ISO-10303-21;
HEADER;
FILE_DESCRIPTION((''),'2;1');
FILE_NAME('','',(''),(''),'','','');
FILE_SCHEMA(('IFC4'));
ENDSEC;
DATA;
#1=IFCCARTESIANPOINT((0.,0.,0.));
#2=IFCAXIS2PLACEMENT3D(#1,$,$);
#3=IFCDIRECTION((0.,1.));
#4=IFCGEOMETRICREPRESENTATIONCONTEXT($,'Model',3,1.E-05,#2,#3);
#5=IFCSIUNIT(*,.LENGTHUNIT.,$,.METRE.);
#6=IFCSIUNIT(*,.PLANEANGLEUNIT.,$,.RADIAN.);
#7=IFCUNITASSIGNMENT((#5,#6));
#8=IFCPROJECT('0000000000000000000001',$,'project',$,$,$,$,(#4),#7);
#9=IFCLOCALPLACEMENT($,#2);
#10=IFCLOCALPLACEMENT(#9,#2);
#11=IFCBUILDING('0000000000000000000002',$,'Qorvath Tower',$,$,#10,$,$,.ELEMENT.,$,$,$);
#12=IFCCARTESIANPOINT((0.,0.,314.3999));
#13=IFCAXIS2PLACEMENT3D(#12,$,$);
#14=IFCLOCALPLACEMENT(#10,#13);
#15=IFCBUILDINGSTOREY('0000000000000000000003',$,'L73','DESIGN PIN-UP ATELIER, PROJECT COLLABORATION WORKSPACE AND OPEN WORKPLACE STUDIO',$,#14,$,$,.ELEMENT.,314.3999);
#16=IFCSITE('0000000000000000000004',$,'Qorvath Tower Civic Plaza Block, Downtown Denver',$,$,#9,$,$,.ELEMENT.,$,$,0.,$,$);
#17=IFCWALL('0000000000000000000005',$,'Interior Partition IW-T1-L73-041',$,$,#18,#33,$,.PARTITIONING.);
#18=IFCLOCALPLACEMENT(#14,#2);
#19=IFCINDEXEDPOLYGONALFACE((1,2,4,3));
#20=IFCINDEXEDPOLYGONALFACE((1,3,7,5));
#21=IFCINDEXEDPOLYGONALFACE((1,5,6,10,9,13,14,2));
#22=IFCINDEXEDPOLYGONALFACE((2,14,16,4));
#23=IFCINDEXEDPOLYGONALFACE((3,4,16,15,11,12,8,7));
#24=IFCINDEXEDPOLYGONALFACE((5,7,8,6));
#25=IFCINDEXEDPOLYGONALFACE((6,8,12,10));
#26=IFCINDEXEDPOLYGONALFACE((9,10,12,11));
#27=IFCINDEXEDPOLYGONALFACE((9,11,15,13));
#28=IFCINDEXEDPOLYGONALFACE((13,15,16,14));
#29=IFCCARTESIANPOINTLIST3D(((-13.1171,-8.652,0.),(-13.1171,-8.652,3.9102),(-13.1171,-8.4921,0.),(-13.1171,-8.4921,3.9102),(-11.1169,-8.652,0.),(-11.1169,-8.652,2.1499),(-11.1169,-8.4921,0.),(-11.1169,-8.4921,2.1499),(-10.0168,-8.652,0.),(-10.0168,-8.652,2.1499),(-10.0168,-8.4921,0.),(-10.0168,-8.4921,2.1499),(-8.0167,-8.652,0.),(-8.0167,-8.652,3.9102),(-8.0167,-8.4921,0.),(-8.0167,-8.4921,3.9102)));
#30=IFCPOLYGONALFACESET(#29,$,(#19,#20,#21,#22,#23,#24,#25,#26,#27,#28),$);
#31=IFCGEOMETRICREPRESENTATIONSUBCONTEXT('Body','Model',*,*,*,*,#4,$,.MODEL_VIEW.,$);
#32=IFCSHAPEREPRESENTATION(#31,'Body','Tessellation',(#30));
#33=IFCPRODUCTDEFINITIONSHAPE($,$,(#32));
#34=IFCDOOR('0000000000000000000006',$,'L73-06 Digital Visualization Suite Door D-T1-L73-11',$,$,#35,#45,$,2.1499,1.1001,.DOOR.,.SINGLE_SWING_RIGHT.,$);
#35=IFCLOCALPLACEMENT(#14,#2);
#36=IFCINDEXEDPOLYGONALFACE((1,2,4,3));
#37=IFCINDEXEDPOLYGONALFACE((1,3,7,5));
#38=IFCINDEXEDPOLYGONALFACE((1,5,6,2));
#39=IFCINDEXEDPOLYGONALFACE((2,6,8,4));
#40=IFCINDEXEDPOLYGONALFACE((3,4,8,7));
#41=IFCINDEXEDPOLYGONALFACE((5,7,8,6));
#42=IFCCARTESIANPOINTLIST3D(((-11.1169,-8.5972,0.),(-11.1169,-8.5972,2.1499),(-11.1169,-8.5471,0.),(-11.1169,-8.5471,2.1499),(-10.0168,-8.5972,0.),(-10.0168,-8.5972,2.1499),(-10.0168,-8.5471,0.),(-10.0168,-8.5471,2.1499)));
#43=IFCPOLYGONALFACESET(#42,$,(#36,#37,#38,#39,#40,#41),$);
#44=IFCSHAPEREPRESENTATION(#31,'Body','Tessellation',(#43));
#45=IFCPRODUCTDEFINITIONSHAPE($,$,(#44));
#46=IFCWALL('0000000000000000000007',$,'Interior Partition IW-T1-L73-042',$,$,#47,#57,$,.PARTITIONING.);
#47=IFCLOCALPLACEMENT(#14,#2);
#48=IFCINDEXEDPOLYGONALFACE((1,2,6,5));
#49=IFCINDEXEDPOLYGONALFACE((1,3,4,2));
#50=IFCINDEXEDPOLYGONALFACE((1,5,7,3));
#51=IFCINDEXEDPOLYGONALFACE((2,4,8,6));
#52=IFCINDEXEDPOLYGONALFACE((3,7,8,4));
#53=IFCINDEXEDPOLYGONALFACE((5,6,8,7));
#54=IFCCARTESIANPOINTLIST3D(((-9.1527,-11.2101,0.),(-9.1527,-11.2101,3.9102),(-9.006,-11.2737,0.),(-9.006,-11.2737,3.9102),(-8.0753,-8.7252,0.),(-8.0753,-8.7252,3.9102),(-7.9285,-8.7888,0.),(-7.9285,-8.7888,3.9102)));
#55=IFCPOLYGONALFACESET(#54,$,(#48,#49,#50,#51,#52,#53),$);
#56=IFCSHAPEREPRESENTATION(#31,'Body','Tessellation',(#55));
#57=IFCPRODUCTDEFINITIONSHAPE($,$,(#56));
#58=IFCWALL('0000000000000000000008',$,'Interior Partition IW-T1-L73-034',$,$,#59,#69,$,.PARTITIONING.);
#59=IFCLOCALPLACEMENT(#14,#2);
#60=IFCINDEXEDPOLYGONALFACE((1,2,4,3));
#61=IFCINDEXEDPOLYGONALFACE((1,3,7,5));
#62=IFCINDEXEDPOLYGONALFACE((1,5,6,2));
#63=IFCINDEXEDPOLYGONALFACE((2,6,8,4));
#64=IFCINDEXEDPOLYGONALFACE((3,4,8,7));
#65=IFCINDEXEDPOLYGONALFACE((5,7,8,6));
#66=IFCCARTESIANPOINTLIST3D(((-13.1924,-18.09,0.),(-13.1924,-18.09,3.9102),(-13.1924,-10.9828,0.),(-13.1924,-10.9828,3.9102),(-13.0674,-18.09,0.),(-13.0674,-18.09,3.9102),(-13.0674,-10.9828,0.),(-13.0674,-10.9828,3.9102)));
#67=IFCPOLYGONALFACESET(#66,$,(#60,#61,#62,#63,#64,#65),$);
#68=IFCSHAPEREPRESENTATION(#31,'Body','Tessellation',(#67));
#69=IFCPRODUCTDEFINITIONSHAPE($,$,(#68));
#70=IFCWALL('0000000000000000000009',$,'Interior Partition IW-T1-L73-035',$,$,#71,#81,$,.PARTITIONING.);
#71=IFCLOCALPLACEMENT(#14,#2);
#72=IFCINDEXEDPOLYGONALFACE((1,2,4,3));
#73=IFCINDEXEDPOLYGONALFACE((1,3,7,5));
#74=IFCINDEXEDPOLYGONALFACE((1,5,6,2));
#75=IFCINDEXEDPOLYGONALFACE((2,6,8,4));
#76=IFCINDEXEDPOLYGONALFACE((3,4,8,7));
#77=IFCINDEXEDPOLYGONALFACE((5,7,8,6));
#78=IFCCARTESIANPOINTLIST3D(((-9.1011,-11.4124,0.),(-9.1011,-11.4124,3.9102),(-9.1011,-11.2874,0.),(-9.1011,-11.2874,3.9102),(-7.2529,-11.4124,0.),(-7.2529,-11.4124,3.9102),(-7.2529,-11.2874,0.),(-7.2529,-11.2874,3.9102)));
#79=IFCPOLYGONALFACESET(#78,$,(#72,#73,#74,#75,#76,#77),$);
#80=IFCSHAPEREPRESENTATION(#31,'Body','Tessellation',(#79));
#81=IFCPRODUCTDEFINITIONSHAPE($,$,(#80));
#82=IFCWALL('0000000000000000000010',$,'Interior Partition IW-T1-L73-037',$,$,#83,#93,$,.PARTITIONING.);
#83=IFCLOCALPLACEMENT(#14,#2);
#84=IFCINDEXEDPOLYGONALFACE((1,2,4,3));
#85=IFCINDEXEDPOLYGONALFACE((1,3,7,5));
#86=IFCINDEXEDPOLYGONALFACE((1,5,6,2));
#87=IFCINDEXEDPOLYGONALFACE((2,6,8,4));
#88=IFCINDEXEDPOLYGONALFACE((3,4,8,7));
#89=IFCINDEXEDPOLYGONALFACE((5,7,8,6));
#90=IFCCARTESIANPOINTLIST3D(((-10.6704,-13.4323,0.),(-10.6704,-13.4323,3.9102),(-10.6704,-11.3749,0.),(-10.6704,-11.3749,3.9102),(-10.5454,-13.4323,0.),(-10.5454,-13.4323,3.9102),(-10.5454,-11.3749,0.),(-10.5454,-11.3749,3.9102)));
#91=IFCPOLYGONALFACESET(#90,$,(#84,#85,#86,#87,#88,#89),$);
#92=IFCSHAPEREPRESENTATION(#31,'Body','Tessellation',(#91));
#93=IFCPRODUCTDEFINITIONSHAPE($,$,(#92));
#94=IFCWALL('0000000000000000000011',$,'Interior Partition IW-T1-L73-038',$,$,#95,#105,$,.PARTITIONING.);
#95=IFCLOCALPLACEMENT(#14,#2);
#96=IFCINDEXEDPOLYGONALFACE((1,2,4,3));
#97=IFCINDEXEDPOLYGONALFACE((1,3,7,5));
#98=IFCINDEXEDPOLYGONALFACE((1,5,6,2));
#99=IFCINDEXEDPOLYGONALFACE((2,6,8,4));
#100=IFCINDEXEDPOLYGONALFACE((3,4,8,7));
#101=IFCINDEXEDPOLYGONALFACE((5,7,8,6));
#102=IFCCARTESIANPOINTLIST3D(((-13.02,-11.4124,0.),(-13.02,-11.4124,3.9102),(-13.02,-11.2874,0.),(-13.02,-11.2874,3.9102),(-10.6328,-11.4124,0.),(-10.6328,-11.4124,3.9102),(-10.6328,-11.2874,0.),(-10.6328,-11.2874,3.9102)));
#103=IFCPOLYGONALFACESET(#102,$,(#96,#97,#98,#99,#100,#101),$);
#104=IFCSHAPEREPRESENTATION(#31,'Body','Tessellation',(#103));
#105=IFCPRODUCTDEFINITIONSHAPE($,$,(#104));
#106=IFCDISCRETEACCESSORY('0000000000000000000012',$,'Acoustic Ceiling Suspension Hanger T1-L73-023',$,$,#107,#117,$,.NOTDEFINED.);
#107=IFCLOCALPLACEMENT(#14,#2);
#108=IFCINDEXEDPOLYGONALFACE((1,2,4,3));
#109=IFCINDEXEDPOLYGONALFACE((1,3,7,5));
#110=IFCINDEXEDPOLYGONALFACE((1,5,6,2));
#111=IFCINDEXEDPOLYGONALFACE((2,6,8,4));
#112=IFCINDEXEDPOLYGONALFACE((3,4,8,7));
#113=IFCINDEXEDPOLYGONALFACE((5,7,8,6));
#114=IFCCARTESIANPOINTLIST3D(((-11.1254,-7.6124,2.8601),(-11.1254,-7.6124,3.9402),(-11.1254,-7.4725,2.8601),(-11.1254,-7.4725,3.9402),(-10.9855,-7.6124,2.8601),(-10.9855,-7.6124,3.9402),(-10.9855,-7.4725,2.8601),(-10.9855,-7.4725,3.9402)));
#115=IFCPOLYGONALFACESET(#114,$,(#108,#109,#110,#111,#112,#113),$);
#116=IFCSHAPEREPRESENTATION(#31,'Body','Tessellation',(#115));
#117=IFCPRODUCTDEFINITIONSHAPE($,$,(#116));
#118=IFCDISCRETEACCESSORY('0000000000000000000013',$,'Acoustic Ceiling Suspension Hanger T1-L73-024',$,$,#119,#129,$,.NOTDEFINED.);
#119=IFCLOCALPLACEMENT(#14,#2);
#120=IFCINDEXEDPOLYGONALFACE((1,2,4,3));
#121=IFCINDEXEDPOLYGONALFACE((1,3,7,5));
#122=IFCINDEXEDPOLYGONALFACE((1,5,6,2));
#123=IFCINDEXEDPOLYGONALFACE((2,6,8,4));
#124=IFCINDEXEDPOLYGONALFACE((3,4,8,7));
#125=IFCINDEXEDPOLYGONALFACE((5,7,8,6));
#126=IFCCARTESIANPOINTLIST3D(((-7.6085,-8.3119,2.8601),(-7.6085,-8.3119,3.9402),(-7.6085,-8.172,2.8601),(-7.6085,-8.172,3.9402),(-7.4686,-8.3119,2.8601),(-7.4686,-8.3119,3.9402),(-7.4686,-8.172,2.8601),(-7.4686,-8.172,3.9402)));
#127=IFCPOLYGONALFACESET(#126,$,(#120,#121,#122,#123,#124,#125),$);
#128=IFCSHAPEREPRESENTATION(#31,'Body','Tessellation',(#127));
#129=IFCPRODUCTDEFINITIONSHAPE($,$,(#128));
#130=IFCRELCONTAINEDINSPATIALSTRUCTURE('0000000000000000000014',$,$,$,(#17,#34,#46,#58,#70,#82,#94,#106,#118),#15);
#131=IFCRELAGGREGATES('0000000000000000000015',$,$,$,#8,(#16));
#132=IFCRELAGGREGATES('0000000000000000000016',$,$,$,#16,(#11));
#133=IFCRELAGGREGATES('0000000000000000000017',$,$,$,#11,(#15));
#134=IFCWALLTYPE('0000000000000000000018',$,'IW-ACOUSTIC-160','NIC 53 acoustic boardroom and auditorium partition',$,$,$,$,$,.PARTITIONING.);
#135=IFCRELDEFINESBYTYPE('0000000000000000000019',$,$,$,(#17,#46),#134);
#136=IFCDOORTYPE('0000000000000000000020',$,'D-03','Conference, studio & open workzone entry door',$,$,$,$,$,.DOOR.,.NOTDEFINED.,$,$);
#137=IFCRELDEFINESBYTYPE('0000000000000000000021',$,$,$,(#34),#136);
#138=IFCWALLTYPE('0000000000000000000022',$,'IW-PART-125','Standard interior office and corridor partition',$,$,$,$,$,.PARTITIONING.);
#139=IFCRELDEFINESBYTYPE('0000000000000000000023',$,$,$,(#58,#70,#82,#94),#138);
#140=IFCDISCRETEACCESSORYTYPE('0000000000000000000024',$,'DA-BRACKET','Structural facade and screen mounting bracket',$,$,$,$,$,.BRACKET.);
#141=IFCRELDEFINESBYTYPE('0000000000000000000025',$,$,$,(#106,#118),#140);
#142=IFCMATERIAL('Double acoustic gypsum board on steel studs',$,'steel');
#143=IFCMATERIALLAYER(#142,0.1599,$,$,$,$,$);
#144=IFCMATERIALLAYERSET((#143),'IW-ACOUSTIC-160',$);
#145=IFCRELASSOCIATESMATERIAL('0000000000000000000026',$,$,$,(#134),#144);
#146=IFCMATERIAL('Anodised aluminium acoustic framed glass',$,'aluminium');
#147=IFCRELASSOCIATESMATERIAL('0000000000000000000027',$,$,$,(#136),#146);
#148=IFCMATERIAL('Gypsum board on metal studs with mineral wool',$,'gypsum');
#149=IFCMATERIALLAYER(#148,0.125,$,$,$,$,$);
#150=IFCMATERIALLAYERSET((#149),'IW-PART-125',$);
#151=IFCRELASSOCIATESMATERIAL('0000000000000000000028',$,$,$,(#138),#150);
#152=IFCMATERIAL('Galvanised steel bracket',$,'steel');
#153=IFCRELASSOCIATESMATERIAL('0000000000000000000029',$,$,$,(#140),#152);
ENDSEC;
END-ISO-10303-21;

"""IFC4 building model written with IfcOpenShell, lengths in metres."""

from ifc_helpers import new_model, si_unit, direction, frame, frame_2d, origin, origin_2d, place, context, subcontext, project, spatial, rectangle, extrude, material, layer, layer_set, type_object, element, fill, save


model = new_model("IFC4")

# Units and contexts
model_context = context("Model", 3, precision=1e-05, world=origin(), true_north=direction((0.0, 1.0)))
body_context = subcontext(model_context, "Body", "Model", "MODEL_VIEW")
ifc_project = project(units=[si_unit("LENGTHUNIT", "METRE"), si_unit("PLANEANGLEUNIT", "RADIAN")], contexts=[model_context])

# Site, building, storey
site_placement = place(None, origin())
site = spatial("IfcSite", under=ifc_project, at=site_placement, Name="Qorvath Tower Civic Plaza Block, Downtown Denver", CompositionType="ELEMENT", RefElevation=0.0)
building_placement = place(site_placement, origin())
building = spatial("IfcBuilding", under=site, at=building_placement, Name="Qorvath Tower", CompositionType="ELEMENT")
storey_placement = place(building_placement, frame((0.0, 0.0, 314.3999)))
storey = spatial("IfcBuildingStorey", under=building, at=storey_placement, Name="L73", Description="DESIGN PIN-UP ATELIER, PROJECT COLLABORATION WORKSPACE AND OPEN WORKPLACE STUDIO", CompositionType="ELEMENT", Elevation=314.3999)

# Wall, opening, door
ifc_material_1 = material(Name="Double acoustic gypsum board on steel studs", Category="steel")
ifc_layer_1 = layer(ifc_material_1, 0.1599)
ifc_layer_set_1 = layer_set([ifc_layer_1], Name="IW-ACOUSTIC-160")
wall_type_1 = type_object("IfcWallType", Name="IW-ACOUSTIC-160", Description="NIC 53 acoustic boardroom and auditorium partition", PredefinedType="PARTITIONING", material=ifc_layer_set_1)
wall_1_placement = place(storey_placement, frame((-13.1172, -8.572, 0.0), z_axis=(0.0, 0.0, 1.0), x_axis=(1.0, 0.0, 0.0)))
wall_1 = element("IfcWall", 1, at=wall_1_placement, inside=storey, type_object=wall_type_1, Name="Interior Partition IW-T1-L73-041", PredefinedType="PARTITIONING", context=body_context, shape_type="SweptSolid", body=[
    extrude(rectangle(XDim=5.1003, YDim=0.1599, at=frame_2d((2.5503, 0.0))), origin(), (0.0, 0.0, 1.0), 3.9102),
])
opening_1_placement = place(wall_1_placement, frame((2.0002, 0.0, 0.0)))
opening_1 = element("IfcOpeningElement", 2, at=opening_1_placement, cuts=wall_1, PredefinedType="OPENING", context=body_context, shape_type="SweptSolid", body=[
    extrude(rectangle(XDim=1.1001, YDim=2.1499, at=frame_2d((0.55, 1.075))), frame((0.0, 0.0898, 0.0), z_axis=(0.0, -1.0, 0.0), x_axis=(1.0, 0.0, 0.0)), (0.0, 0.0, 1.0), 0.1799),
])
ifc_material_2 = material(Name="Anodised aluminium acoustic framed glass", Category="aluminium")
door_type_1 = type_object("IfcDoorType", Name="D-03", Description="Conference, studio & open workzone entry door", OperationType="NOTDEFINED", PredefinedType="DOOR", material=ifc_material_2)
door_1_placement = place(opening_1_placement, origin())
door_1 = element("IfcDoor", 3, at=door_1_placement, inside=storey, type_object=door_type_1, Name="L73-06 Digital Visualization Suite Door D-T1-L73-11", OperationType="SINGLE_SWING_RIGHT", OverallHeight=2.1499, OverallWidth=1.1001, PredefinedType="DOOR", context=body_context, shape_type="SweptSolid", body=[
    extrude(rectangle(XDim=1.1001, YDim=2.1499, at=frame_2d((0.55, 1.075))), frame((0.0, 0.0249, 0.0), z_axis=(0.0, -1.0, 0.0), x_axis=(1.0, 0.0, 0.0)), (0.0, 0.0, 1.0), 0.05),
])
fill(opening_1, door_1)

# Walls
wall_2_placement = place(storey_placement, frame((-9.0793, -11.2419, 0.0), z_axis=(0.0, 0.0, 1.0), x_axis=(0.3978, 0.917472, 0.0)))
element("IfcWall", 4, at=wall_2_placement, inside=storey, type_object=wall_type_1, Name="Interior Partition IW-T1-L73-042", PredefinedType="PARTITIONING", context=body_context, shape_type="SweptSolid", body=[
    extrude(rectangle(XDim=2.7085, YDim=0.1599, at=frame_2d((1.3542, 0.0))), origin(), (0.0, 0.0, 1.0), 3.9102),
])
ifc_material_3 = material(Name="Gypsum board on metal studs with mineral wool", Category="gypsum")
ifc_layer_2 = layer(ifc_material_3, 0.125)
ifc_layer_set_2 = layer_set([ifc_layer_2], Name="IW-PART-125")
wall_type_2 = type_object("IfcWallType", Name="IW-PART-125", Description="Standard interior office and corridor partition", PredefinedType="PARTITIONING", material=ifc_layer_set_2)
wall_3_placement = place(storey_placement, frame((-13.1299, -18.0901, 0.0), z_axis=(0.0, 0.0, 1.0), x_axis=(0.0, 1.0, 0.0)))
element("IfcWall", 5, at=wall_3_placement, inside=storey, type_object=wall_type_2, Name="Interior Partition IW-T1-L73-034", PredefinedType="PARTITIONING", context=body_context, shape_type="SweptSolid", body=[
    extrude(rectangle(XDim=7.1072, YDim=0.125, at=frame_2d((3.5537, 0.0))), origin(), (0.0, 0.0, 1.0), 3.9102),
])
wall_4_placement = place(storey_placement, frame((-7.2529, -11.3499, 0.0), z_axis=(0.0, 0.0, 1.0), x_axis=(-1.0, 0.0, 0.0)))
element("IfcWall", 6, at=wall_4_placement, inside=storey, type_object=wall_type_2, Name="Interior Partition IW-T1-L73-035", PredefinedType="PARTITIONING", context=body_context, shape_type="SweptSolid", body=[
    extrude(rectangle(XDim=1.8481, YDim=0.125, at=frame_2d((0.9241, 0.0))), origin(), (0.0, 0.0, 1.0), 3.9102),
])

# Walls
wall_5_placement = place(storey_placement, frame((-10.6079, -13.4324, 0.0), z_axis=(0.0, 0.0, 1.0), x_axis=(0.0, 1.0, 0.0)))
element("IfcWall", 7, at=wall_5_placement, inside=storey, type_object=wall_type_2, Name="Interior Partition IW-T1-L73-037", PredefinedType="PARTITIONING", context=body_context, shape_type="SweptSolid", body=[
    extrude(rectangle(XDim=2.0574, YDim=0.125, at=frame_2d((1.0288, 0.0))), origin(), (0.0, 0.0, 1.0), 3.9102),
])
wall_6_placement = place(storey_placement, frame((-10.6328, -11.3499, 0.0), z_axis=(0.0, 0.0, 1.0), x_axis=(-1.0, 0.0, 0.0)))
element("IfcWall", 8, at=wall_6_placement, inside=storey, type_object=wall_type_2, Name="Interior Partition IW-T1-L73-038", PredefinedType="PARTITIONING", context=body_context, shape_type="SweptSolid", body=[
    extrude(rectangle(XDim=2.3872, YDim=0.125, at=frame_2d((1.1936, 0.0))), origin(), (0.0, 0.0, 1.0), 3.9102),
])

# Discrete accessories
ifc_material_4 = material(Name="Galvanised steel bracket", Category="steel")
discrete_accessory_type = type_object("IfcDiscreteAccessoryType", Name="DA-BRACKET", Description="Structural facade and screen mounting bracket", PredefinedType="BRACKET", material=ifc_material_4)
for number, where, z_axis, x_axis, name in (
    (9, (-11.0554, -7.5425, 2.8601), (0.0, 0.0, 1.0), (1.0, 0.0, 0.0), "Acoustic Ceiling Suspension Hanger T1-L73-023"),
    (10, (-7.5386, -8.2419, 2.8601), (0.0, 0.0, 1.0), (1.0, 0.0, 0.0), "Acoustic Ceiling Suspension Hanger T1-L73-024"),
):
    element("IfcDiscreteAccessory", number, at=place(storey_placement, frame(where, z_axis=z_axis, x_axis=x_axis)), inside=storey, type_object=discrete_accessory_type, Name=name, PredefinedType="NOTDEFINED", context=body_context, shape_type="SweptSolid", body=[
        extrude(rectangle(XDim=0.1399, YDim=0.1399, at=origin_2d()), origin(), (0.0, 0.0, 1.0), 1.0801),
    ])

save(model, "model.ifc")
